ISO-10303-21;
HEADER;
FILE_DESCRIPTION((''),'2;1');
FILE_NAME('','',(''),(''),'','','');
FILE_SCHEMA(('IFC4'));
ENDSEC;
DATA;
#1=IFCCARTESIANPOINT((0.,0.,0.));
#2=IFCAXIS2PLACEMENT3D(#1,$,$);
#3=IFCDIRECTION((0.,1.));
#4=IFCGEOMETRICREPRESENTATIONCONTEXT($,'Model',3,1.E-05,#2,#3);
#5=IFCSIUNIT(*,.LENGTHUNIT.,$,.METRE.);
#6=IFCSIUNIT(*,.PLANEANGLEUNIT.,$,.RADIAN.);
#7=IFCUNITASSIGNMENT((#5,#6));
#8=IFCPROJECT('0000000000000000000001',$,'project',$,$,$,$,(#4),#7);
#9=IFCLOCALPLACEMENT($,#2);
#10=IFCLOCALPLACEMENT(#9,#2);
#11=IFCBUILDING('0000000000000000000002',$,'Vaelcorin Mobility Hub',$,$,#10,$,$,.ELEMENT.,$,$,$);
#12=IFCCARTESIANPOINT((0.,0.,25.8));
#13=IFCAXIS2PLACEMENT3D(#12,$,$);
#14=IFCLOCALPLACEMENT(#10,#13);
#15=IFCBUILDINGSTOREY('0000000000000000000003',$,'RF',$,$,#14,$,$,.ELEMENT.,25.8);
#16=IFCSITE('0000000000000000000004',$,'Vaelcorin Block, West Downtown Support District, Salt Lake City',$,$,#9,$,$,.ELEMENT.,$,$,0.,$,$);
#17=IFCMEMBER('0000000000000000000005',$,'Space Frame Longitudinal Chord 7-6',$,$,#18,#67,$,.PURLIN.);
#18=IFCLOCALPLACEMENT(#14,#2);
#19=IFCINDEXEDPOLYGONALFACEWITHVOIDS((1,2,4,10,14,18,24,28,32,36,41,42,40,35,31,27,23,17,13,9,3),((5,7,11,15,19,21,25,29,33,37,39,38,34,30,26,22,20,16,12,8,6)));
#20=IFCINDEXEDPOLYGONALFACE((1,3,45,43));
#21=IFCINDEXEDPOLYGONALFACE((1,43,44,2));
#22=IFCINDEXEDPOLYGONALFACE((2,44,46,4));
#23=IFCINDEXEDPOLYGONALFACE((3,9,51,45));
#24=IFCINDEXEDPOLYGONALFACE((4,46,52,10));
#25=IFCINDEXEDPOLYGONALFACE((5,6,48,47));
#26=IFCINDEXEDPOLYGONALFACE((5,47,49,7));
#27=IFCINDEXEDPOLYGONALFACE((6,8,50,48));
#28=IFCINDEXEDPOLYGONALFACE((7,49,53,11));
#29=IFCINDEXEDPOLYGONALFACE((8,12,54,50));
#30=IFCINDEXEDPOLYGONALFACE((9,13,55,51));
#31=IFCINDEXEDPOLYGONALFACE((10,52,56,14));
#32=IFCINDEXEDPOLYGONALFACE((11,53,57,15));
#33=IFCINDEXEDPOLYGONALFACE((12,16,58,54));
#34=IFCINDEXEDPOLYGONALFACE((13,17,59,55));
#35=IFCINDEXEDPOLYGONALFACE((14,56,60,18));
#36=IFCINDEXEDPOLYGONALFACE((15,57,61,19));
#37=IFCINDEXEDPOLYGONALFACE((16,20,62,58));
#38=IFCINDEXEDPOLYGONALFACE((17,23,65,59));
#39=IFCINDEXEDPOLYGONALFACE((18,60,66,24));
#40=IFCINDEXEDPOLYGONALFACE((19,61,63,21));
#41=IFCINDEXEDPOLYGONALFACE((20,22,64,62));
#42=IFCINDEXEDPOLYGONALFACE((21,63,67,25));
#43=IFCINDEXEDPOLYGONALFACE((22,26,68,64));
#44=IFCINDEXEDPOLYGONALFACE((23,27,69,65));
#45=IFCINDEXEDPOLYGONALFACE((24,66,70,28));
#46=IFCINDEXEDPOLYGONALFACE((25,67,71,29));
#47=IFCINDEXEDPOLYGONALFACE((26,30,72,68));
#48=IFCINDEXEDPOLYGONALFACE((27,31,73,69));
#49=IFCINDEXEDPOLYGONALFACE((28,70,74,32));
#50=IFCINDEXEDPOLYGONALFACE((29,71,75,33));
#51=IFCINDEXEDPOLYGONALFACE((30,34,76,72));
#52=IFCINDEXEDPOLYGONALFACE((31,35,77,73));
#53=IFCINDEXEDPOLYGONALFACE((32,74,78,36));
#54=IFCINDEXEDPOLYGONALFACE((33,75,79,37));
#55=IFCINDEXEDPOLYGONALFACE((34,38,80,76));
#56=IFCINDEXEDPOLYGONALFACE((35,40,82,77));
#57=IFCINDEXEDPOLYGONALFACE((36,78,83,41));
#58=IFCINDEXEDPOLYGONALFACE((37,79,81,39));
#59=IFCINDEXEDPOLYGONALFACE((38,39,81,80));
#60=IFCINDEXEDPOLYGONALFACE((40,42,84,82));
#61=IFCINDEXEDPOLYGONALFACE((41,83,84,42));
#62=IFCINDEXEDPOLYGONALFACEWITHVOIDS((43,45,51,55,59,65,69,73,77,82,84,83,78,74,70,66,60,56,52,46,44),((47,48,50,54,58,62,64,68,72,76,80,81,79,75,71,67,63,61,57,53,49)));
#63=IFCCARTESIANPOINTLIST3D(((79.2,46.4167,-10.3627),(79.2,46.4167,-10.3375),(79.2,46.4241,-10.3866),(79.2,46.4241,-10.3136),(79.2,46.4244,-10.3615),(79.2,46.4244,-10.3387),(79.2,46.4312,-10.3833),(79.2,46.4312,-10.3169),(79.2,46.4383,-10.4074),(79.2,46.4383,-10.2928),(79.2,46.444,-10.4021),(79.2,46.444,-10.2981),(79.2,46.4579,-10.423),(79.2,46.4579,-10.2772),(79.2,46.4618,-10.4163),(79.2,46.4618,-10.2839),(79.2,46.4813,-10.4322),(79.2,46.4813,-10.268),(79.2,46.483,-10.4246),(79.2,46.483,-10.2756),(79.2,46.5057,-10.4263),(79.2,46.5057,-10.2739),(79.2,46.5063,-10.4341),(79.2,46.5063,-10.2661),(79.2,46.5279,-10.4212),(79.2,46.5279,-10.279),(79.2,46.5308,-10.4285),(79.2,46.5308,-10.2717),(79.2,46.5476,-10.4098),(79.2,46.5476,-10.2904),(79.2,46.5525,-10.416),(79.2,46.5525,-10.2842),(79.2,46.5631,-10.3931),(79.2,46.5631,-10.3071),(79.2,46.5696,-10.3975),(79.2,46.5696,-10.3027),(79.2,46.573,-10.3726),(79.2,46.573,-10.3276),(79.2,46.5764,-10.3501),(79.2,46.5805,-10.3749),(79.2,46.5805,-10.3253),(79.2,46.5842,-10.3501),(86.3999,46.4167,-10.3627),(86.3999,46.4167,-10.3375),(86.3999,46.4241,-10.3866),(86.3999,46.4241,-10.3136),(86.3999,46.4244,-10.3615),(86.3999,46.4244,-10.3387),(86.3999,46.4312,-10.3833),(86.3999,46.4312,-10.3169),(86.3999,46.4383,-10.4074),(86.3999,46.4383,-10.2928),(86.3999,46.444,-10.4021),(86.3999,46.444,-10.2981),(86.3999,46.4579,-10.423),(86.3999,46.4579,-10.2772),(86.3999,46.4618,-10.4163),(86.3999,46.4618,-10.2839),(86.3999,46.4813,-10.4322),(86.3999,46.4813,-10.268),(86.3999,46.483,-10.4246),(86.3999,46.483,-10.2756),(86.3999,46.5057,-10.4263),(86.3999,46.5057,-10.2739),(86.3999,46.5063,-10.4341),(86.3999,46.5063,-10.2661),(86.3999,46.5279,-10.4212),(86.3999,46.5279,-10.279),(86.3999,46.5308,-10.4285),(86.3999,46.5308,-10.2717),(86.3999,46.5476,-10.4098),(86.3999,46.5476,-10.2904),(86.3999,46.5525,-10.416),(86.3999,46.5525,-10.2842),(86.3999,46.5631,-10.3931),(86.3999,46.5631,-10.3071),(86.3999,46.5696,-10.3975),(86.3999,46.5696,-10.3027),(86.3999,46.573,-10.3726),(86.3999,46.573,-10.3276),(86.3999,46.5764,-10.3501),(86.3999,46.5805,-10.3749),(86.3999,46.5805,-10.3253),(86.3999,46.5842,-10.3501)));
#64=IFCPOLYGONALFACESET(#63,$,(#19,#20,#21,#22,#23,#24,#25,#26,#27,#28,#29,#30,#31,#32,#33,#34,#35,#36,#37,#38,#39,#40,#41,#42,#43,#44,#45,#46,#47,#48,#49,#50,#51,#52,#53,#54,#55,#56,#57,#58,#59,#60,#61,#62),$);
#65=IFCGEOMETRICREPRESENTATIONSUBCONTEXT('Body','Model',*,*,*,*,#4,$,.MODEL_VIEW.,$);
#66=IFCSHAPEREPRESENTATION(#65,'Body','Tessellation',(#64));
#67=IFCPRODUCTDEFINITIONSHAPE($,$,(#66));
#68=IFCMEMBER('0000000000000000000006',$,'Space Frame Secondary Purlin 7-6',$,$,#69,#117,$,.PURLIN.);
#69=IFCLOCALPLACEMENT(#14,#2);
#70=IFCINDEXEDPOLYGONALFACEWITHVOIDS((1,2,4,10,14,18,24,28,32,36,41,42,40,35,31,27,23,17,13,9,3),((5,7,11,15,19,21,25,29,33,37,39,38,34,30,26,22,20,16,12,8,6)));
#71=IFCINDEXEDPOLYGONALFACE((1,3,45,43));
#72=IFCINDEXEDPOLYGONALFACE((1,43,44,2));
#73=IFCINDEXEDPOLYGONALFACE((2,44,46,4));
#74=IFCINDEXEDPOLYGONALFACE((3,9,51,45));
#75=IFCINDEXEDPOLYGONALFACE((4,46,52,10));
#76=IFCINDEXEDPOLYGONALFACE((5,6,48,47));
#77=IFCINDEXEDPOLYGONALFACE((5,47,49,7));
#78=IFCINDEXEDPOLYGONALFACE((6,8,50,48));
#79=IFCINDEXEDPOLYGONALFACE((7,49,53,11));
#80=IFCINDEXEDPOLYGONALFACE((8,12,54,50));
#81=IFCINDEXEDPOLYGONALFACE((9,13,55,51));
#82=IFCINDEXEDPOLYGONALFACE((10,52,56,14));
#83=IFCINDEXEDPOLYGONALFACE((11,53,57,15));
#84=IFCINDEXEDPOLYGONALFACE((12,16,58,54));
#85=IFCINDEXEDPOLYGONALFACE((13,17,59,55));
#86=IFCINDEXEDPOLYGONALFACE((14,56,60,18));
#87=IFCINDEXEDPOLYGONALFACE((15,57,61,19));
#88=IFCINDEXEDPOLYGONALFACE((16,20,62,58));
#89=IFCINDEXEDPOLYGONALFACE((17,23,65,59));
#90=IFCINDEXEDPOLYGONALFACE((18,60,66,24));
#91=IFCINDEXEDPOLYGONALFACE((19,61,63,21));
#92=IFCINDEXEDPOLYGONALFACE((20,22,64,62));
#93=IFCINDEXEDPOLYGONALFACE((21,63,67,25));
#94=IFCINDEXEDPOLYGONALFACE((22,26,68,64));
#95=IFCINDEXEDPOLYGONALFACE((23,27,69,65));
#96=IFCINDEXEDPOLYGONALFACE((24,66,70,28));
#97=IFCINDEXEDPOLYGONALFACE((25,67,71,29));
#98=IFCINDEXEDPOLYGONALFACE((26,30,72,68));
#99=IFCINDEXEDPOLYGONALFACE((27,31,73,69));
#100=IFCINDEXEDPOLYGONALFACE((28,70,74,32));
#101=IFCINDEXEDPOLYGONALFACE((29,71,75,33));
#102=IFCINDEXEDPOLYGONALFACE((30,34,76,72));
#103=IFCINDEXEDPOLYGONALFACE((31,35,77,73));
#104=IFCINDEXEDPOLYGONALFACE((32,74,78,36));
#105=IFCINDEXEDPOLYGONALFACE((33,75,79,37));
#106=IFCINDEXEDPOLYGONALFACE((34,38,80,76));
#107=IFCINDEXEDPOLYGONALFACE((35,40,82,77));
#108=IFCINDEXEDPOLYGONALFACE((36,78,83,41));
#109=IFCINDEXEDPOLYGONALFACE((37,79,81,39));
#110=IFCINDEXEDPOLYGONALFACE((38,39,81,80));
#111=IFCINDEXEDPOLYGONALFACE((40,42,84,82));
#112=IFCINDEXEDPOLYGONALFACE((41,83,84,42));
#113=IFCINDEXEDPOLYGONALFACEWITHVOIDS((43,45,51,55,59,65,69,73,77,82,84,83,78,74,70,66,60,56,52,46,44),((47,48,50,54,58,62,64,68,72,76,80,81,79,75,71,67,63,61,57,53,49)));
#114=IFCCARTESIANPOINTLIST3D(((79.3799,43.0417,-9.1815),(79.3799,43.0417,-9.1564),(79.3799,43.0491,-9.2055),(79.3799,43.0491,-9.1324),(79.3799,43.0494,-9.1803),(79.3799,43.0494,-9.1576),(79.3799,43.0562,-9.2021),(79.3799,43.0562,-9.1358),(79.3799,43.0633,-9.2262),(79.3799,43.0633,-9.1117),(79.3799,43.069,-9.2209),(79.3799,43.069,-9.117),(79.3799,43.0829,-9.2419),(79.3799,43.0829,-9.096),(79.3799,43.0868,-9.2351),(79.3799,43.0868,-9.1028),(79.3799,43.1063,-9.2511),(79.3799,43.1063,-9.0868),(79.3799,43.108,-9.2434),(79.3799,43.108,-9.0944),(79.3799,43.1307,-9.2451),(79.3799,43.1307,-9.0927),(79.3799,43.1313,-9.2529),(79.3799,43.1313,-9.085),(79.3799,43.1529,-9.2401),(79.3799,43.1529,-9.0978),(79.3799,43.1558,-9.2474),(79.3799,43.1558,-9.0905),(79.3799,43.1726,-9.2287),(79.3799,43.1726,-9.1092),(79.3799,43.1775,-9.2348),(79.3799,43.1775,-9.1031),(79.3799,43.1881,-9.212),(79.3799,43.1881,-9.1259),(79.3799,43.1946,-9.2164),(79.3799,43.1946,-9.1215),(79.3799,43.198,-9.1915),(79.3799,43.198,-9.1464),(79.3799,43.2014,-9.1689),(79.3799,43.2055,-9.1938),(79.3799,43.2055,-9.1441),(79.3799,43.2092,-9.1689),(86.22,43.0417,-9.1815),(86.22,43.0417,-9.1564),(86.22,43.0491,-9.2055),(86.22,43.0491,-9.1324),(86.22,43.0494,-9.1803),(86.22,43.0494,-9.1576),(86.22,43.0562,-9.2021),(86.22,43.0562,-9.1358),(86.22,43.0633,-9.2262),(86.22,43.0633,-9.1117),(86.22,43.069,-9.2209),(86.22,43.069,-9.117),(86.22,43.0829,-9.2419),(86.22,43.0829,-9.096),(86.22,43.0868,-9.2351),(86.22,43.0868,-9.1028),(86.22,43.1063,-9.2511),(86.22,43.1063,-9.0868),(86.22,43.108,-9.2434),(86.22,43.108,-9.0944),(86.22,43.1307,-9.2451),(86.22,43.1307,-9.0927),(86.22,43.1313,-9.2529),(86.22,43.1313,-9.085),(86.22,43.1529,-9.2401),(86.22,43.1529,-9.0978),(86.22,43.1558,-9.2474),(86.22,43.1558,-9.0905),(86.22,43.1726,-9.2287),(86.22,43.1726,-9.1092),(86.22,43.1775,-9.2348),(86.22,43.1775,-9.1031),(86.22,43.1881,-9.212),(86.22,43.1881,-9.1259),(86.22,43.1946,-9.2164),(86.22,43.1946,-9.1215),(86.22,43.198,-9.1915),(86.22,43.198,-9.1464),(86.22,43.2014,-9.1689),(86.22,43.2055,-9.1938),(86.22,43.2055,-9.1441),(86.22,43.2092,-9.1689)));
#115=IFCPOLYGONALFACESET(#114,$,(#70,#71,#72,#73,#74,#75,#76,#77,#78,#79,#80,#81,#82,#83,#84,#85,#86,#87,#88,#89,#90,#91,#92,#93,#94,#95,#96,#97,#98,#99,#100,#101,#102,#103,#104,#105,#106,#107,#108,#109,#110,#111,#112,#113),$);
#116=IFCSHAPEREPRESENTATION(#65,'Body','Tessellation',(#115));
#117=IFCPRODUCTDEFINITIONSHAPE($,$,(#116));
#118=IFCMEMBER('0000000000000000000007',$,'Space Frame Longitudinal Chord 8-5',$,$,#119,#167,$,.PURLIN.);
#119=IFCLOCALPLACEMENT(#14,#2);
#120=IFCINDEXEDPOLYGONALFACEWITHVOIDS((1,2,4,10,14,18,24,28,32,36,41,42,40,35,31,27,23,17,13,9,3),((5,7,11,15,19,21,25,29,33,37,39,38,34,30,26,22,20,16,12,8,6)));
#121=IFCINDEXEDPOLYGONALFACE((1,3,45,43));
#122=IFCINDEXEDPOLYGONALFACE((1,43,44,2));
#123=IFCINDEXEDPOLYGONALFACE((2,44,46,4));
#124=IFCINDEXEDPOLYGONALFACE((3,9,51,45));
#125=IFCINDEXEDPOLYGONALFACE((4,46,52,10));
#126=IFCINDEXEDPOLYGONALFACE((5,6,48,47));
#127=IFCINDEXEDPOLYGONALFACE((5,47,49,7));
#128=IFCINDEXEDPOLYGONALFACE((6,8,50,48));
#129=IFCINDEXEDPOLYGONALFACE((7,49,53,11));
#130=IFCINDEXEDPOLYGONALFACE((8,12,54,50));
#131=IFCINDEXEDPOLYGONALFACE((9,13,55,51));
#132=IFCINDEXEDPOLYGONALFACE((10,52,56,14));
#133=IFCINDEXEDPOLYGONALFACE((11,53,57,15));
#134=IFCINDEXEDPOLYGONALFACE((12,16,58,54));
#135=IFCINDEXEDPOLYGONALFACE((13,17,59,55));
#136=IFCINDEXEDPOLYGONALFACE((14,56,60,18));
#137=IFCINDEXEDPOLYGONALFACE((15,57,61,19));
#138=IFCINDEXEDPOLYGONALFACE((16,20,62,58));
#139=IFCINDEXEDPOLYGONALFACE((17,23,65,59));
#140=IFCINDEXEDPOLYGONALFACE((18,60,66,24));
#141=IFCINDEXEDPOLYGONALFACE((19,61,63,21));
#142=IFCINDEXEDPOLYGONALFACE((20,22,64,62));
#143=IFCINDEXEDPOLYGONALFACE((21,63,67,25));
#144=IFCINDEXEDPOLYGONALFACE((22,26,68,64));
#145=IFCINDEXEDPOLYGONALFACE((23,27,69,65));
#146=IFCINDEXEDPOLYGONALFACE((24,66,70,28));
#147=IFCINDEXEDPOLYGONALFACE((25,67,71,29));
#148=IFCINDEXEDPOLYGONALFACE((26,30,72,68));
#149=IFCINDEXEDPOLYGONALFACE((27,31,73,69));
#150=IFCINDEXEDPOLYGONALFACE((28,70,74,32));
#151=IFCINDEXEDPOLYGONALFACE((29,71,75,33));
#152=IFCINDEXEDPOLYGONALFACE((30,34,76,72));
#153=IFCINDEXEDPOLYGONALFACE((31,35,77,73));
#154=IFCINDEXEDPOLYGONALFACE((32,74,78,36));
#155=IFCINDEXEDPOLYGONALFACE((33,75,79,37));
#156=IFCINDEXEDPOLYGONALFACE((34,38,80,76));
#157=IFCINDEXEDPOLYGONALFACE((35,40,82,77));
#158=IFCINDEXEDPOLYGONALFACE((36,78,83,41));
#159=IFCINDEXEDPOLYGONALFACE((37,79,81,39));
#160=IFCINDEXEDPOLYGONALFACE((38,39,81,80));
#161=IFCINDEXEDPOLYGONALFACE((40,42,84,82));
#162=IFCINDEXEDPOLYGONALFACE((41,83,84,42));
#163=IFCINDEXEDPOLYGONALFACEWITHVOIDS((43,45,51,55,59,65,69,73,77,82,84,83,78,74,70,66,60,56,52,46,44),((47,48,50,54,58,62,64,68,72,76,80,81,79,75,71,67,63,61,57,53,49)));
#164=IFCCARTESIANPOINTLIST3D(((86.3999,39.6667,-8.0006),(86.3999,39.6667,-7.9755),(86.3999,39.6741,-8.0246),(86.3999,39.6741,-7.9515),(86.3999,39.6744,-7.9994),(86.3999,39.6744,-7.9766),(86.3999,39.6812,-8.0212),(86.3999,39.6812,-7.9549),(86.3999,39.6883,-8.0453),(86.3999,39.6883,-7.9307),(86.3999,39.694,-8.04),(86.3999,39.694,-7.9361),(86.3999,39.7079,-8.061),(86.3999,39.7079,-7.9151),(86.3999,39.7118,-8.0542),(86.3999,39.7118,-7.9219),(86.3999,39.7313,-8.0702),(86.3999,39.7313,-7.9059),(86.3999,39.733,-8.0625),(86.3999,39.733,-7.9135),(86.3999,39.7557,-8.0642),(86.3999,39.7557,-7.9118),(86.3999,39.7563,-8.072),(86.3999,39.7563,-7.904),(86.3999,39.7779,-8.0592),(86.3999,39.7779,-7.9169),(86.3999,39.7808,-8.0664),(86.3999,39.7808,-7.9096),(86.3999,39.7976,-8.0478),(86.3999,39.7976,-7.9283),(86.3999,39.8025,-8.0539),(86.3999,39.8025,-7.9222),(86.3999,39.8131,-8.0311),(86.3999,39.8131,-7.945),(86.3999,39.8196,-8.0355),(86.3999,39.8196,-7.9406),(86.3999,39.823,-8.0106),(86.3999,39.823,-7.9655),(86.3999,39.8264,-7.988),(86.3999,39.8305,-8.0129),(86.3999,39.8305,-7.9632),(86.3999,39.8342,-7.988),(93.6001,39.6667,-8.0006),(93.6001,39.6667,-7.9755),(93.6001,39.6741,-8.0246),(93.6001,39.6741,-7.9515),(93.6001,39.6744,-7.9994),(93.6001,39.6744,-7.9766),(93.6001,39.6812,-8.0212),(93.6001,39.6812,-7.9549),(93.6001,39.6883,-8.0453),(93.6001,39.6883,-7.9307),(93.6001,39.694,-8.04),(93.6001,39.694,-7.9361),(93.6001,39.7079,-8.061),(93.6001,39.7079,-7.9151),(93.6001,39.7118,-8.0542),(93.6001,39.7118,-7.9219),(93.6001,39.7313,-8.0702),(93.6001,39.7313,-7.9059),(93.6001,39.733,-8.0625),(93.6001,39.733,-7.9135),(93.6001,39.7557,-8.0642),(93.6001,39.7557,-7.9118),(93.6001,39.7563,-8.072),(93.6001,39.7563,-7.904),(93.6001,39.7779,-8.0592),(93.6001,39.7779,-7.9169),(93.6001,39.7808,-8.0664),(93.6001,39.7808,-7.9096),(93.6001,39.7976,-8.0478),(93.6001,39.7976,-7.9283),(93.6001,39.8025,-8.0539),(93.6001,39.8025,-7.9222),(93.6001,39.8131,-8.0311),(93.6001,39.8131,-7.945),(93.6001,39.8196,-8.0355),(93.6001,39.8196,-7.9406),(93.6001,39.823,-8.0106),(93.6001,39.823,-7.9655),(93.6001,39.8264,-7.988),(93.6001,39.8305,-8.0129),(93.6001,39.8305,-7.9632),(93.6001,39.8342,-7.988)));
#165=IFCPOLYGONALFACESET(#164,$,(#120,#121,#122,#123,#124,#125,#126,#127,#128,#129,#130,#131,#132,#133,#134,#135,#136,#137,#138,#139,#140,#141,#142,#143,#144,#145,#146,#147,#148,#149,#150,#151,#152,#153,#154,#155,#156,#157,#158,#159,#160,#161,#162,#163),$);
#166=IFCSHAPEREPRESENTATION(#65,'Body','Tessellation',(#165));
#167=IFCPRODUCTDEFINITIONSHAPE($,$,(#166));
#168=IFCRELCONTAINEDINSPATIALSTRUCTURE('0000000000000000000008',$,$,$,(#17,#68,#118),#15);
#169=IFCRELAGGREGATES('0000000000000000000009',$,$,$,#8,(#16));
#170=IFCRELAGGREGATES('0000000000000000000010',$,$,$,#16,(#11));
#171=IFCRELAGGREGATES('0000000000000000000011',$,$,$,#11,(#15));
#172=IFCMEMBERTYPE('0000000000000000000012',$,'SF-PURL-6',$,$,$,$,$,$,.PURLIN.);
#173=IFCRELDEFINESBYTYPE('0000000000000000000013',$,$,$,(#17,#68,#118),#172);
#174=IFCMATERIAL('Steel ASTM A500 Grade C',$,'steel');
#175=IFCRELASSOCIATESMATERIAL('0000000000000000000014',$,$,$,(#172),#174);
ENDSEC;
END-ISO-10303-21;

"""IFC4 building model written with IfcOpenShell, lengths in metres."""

from ifc_helpers import new_model, si_unit, direction, frame, origin, origin_2d, place, context, subcontext, project, spatial, hollow_circle, extrude, material, material_profile, profile_set, type_object, element, save


model = new_model("IFC4")

# Units and contexts
model_context = context("Model", 3, precision=1e-05, world=origin(), true_north=direction((0.0, 1.0)))
body_context = subcontext(model_context, "Body", "Model", "MODEL_VIEW")
ifc_project = project(units=[si_unit("LENGTHUNIT", "METRE"), si_unit("PLANEANGLEUNIT", "RADIAN")], contexts=[model_context])

# Site, building, storey
site_placement = place(None, origin())
site = spatial("IfcSite", under=ifc_project, at=site_placement, Name="Vaelcorin Block, West Downtown Support District, Salt Lake City", CompositionType="ELEMENT", RefElevation=0.0)
building_placement = place(site_placement, origin())
building = spatial("IfcBuilding", under=site, at=building_placement, Name="Vaelcorin Mobility Hub", CompositionType="ELEMENT")
storey_placement = place(building_placement, frame((0.0, 0.0, 25.8)))
storey = spatial("IfcBuildingStorey", under=building, at=storey_placement, Name="RF", CompositionType="ELEMENT", Elevation=25.8)

# Members
ifc_material_1 = material(Name="Steel ASTM A500 Grade C", Category="steel")
ifc_material_profile_1 = material_profile(ifc_material_1, hollow_circle(Radius=0.0842, WallThickness=0.0078, at=origin_2d()), Name="HSS6.625X0.312")
ifc_profile_set_1 = profile_set([ifc_material_profile_1], Name="Steel ASTM A500 Grade C")
member_type_1 = type_object("IfcMemberType", Name="SF-PURL-6", PredefinedType="PURLIN", material=ifc_profile_set_1)
for number, where, z_axis, x_axis, name in (
    (1, (79.2, 46.5, -10.3501), (1.0, 0.0, 0.0), (0.0, 1.0, 0.0), "Space Frame Longitudinal Chord 7-6"),
):
    element("IfcMember", number, at=place(storey_placement, frame(where, z_axis=z_axis, x_axis=x_axis)), inside=storey, type_object=member_type_1, Name=name, PredefinedType="PURLIN", context=body_context, shape_type="SweptSolid", body=[
        extrude(hollow_circle(Radius=0.0842, WallThickness=0.0078, at=origin_2d()), origin(), (0.0, 0.0, 1.0), 7.2),
    ])
member_1_placement = place(storey_placement, frame((79.3799, 43.125, -9.1689), z_axis=(1.0, 0.0, 0.0), x_axis=(0.0, 1.0, 0.0)))
element("IfcMember", 2, at=member_1_placement, inside=storey, type_object=member_type_1, Name="Space Frame Secondary Purlin 7-6", PredefinedType="PURLIN", context=body_context, shape_type="SweptSolid", body=[
    extrude(hollow_circle(Radius=0.0842, WallThickness=0.0078, at=origin_2d()), origin(), (0.0, 0.0, 1.0), 6.8401),
])
member_2_placement = place(storey_placement, frame((86.3999, 39.75, -7.988), z_axis=(1.0, 0.0, 0.0), x_axis=(0.0, 1.0, 0.0)))
element("IfcMember", 3, at=member_2_placement, inside=storey, type_object=member_type_1, Name="Space Frame Longitudinal Chord 8-5", PredefinedType="PURLIN", context=body_context, shape_type="SweptSolid", body=[
    extrude(hollow_circle(Radius=0.0842, WallThickness=0.0078, at=origin_2d()), origin(), (0.0, 0.0, 1.0), 7.2002),
])

save(model, "model.ifc")
